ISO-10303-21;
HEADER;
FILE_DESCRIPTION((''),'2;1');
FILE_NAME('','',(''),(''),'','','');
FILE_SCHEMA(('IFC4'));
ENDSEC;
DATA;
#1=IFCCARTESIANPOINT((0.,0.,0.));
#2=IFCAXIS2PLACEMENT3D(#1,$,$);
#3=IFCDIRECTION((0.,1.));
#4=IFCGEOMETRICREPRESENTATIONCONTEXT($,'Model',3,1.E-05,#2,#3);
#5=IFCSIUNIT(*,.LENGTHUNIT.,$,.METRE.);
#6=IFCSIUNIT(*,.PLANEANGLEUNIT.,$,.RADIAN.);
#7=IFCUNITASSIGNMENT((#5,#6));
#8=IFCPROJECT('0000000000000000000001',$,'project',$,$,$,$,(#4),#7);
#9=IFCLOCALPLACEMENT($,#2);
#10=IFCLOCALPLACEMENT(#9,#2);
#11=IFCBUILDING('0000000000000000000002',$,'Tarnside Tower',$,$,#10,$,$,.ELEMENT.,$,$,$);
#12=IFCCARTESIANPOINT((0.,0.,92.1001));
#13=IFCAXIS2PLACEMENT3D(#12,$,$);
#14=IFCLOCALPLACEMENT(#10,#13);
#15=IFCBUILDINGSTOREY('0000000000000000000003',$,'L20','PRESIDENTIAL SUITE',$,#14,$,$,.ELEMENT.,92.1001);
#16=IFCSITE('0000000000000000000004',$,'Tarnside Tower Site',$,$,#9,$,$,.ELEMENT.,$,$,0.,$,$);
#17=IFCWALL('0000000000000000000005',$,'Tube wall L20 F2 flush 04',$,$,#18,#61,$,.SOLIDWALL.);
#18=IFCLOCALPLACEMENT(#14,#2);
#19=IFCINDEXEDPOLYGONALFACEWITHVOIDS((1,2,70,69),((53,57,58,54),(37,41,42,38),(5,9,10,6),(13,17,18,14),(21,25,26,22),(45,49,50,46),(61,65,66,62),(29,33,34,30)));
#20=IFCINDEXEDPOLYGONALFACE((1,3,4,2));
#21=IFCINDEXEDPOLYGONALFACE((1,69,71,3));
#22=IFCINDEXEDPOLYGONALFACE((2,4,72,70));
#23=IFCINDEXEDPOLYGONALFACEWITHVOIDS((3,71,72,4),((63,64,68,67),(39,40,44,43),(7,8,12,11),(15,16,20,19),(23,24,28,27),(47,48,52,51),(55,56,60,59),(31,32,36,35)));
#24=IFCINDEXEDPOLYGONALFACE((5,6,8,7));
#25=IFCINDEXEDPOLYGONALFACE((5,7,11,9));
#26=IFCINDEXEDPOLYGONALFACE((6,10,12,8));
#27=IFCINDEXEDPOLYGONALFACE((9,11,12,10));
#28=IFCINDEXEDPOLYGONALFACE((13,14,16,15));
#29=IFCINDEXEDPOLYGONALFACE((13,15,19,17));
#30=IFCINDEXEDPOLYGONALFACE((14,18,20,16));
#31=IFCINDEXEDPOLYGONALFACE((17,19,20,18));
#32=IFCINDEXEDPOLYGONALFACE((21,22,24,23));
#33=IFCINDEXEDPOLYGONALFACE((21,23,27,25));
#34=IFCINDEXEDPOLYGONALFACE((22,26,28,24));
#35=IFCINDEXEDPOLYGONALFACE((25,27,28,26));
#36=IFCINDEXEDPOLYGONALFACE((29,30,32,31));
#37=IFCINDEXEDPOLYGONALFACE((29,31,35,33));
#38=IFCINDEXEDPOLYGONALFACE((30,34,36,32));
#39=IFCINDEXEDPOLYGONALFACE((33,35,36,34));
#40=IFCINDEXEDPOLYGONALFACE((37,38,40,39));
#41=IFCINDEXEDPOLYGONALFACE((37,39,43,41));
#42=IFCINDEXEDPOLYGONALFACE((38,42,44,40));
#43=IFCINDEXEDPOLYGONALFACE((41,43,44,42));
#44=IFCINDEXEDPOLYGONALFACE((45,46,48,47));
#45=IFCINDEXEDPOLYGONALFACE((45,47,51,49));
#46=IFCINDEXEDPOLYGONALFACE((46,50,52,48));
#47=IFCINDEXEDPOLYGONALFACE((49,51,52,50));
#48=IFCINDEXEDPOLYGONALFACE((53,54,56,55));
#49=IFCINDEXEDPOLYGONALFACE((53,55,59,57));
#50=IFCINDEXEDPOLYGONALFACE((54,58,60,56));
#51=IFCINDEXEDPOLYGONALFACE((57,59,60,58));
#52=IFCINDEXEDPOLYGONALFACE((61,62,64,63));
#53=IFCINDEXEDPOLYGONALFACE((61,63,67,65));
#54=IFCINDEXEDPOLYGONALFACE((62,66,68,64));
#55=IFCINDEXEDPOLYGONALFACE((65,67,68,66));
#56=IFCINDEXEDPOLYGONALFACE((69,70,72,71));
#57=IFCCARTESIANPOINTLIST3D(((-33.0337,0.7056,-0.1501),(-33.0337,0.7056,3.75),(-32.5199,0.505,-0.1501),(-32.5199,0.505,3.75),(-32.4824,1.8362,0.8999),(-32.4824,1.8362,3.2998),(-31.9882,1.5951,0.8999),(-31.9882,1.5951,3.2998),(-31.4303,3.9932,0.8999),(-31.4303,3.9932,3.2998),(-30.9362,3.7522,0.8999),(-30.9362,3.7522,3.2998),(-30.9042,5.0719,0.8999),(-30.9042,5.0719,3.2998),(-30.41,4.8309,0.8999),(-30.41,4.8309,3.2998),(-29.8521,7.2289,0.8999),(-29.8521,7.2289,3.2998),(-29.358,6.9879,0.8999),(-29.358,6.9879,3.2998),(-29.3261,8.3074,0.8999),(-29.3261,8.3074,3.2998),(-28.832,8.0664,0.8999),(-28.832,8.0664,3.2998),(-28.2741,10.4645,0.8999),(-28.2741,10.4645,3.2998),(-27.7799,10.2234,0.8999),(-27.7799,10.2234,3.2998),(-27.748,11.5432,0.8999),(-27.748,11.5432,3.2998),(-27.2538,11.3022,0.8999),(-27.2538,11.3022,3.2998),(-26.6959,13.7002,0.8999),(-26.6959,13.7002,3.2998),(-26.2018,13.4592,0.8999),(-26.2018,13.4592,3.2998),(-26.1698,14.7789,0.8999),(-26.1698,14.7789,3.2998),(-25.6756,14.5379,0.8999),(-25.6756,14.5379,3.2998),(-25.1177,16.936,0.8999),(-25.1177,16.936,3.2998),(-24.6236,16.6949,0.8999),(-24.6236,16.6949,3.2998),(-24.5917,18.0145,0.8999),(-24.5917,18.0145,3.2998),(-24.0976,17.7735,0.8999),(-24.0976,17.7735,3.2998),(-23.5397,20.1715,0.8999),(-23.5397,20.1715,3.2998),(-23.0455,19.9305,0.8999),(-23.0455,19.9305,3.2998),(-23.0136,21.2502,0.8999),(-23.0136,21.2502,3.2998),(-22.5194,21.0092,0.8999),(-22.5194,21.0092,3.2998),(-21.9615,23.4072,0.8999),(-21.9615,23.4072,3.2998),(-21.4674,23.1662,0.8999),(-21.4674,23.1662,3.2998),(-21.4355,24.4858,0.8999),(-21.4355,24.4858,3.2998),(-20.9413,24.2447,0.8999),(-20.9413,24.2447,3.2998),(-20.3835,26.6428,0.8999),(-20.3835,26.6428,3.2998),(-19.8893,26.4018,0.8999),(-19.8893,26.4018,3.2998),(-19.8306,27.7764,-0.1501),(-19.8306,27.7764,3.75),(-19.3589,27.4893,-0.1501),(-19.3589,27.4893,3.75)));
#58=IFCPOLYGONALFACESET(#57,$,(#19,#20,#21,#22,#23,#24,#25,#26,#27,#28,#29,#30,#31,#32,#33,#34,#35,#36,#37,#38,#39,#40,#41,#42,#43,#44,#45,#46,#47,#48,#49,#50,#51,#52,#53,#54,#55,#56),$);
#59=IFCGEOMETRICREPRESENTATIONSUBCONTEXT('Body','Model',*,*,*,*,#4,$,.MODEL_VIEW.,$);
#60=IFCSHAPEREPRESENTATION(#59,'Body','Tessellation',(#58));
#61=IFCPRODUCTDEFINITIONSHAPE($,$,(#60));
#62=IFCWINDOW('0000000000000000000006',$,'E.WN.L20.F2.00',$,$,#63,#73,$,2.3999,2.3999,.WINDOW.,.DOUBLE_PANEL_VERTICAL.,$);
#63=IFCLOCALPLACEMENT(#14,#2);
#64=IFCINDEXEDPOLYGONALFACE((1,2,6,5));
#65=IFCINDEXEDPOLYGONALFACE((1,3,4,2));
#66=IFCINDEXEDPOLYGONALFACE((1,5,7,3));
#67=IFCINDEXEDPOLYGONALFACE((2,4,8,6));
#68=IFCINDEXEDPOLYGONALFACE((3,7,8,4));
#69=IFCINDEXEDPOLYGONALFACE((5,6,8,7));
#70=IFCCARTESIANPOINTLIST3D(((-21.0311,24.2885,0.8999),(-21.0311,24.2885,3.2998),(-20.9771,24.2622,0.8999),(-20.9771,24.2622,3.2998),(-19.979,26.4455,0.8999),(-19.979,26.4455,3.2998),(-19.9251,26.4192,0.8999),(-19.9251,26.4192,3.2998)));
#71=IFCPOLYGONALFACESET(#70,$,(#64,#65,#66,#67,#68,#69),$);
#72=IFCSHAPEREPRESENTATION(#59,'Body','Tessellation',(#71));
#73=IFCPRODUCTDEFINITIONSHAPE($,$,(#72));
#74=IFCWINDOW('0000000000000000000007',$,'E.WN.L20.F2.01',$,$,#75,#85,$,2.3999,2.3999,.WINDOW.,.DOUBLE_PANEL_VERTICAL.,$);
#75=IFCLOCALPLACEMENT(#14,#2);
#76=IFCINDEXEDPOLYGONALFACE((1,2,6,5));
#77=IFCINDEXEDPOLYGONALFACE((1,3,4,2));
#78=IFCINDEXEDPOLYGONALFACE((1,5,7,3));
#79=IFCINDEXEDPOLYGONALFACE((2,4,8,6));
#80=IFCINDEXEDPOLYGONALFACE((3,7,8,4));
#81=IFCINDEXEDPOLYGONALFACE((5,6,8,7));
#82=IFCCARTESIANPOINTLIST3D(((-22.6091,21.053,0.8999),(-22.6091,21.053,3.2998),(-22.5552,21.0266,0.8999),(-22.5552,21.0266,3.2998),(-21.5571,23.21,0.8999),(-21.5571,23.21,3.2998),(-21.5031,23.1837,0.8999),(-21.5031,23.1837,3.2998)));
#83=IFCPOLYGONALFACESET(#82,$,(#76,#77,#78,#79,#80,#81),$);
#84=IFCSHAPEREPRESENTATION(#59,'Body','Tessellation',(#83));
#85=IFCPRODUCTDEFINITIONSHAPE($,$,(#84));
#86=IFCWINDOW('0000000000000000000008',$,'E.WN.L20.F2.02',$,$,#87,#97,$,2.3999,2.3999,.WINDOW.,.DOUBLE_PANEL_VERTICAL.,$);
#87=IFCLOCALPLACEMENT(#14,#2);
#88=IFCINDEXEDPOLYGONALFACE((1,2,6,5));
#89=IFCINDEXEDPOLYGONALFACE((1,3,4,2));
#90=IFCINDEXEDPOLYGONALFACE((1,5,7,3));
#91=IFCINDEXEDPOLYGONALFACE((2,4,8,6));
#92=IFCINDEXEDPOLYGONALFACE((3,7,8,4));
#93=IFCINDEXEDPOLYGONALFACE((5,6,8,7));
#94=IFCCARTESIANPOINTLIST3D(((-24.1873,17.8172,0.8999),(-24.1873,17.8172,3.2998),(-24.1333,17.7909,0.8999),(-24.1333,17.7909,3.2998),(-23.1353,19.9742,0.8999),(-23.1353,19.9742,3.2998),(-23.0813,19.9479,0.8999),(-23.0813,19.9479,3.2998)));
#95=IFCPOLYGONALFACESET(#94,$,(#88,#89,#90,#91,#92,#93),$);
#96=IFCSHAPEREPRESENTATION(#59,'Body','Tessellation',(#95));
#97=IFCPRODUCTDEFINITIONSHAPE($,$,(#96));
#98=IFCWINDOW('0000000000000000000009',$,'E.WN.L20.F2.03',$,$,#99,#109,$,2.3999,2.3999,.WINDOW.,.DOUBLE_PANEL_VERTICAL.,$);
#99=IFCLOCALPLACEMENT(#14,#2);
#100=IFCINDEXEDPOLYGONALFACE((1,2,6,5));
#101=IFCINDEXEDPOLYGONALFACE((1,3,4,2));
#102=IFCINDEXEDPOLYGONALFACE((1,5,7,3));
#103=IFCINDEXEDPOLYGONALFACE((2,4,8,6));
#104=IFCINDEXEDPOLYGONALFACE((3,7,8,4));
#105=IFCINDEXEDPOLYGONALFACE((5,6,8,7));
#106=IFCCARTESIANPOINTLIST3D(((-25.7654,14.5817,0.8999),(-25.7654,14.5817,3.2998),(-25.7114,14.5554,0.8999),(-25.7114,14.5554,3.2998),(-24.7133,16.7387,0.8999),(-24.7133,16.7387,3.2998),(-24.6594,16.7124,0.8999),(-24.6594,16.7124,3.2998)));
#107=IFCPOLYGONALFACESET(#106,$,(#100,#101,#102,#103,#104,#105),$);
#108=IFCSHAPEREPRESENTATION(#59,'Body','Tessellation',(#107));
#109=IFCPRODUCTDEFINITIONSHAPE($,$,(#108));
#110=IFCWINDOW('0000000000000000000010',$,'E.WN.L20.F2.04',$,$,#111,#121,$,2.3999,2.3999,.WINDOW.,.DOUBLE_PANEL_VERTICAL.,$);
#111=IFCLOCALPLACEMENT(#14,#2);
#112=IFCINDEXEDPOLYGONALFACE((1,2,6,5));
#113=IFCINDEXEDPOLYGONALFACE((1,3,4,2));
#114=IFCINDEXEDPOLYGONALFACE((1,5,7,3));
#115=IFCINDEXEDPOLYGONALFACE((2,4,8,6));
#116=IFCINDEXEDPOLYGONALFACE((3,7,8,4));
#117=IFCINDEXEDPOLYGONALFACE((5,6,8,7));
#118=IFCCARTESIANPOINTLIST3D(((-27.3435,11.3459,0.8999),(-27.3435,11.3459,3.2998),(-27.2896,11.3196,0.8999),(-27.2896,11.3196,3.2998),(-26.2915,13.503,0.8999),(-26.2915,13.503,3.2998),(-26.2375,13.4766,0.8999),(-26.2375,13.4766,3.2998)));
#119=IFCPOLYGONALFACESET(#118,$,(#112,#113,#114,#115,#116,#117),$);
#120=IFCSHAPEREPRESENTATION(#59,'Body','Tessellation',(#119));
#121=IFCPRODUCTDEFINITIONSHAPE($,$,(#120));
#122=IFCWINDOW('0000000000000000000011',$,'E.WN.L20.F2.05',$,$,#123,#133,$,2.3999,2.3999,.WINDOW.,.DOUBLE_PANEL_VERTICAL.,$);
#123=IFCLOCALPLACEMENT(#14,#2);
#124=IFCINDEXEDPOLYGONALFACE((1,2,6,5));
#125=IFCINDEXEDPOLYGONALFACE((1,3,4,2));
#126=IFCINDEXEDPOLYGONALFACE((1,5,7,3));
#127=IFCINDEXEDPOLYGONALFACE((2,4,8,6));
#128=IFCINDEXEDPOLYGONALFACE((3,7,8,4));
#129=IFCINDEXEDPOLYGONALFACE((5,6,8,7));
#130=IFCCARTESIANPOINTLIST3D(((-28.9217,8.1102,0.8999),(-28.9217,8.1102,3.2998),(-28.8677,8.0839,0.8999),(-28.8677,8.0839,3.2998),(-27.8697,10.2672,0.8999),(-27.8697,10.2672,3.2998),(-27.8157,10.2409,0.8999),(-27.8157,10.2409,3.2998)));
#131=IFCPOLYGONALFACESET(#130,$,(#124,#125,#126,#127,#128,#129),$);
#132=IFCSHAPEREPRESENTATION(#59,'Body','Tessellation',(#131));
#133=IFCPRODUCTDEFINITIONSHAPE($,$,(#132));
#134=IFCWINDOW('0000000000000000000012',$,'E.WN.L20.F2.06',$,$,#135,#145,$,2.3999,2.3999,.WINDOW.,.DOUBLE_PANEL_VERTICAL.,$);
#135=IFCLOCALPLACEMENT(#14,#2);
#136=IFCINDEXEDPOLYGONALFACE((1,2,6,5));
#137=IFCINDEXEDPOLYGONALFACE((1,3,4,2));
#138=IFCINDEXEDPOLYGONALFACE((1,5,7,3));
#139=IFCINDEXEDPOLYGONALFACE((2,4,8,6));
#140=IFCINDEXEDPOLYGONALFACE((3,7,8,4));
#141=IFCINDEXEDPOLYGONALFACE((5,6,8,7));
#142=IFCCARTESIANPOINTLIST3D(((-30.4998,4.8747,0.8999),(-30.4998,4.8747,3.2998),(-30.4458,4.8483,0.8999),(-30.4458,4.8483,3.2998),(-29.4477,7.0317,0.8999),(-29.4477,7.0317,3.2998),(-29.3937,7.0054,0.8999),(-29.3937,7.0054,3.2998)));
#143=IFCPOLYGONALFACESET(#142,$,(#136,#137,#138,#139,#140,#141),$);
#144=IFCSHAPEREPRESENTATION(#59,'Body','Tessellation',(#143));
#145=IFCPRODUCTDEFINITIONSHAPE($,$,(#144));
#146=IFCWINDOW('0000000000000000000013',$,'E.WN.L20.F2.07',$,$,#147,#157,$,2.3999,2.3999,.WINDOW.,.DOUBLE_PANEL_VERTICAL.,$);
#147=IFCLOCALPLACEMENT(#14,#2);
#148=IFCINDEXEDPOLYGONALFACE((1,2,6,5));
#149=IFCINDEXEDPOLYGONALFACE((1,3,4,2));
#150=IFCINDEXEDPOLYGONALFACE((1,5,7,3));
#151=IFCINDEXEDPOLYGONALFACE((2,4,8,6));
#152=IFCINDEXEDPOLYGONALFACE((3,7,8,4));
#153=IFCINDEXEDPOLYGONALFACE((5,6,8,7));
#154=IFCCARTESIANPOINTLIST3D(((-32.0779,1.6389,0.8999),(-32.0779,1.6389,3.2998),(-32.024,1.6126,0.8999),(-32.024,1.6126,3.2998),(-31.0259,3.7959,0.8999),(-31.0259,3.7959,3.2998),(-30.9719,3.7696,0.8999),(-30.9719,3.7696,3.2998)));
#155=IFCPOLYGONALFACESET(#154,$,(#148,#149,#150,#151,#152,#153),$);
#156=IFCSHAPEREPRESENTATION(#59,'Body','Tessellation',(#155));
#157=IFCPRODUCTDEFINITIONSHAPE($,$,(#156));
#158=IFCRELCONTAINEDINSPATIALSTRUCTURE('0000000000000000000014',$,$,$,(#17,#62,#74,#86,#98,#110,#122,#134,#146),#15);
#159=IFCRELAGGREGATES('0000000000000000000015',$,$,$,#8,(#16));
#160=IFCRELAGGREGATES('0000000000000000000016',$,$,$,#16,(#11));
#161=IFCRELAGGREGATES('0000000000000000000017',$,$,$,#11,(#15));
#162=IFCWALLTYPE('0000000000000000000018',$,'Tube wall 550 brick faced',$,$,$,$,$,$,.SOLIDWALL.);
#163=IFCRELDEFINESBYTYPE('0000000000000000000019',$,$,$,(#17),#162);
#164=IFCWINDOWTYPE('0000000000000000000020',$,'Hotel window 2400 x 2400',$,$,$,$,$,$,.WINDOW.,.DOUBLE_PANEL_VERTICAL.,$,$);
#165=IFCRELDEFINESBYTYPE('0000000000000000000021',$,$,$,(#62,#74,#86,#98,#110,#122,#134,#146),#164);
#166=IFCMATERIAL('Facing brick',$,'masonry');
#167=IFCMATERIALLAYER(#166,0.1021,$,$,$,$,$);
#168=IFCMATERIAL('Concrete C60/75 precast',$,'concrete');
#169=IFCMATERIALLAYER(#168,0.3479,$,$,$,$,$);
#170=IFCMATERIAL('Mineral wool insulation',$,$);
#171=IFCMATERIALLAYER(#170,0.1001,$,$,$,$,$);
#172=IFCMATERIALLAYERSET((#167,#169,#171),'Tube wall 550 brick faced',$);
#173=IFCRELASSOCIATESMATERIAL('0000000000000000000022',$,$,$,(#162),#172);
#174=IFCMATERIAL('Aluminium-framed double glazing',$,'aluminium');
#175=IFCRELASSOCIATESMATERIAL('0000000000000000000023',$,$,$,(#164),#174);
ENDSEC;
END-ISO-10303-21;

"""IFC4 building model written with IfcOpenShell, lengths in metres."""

from ifc_helpers import new_model, si_unit, direction, frame, frame_2d, origin, place, context, subcontext, project, spatial, polyline, rectangle, outline, extrude, material, layer, layer_set, type_object, element, fill, save


model = new_model("IFC4")

# Units and contexts
model_context = context("Model", 3, precision=1e-05, world=origin(), true_north=direction((0.0, 1.0)))
body_context = subcontext(model_context, "Body", "Model", "MODEL_VIEW")
ifc_project = project(units=[si_unit("LENGTHUNIT", "METRE"), si_unit("PLANEANGLEUNIT", "RADIAN")], contexts=[model_context])

# Site, building, storey
site_placement = place(None, origin())
site = spatial("IfcSite", under=ifc_project, at=site_placement, Name="Tarnside Tower Site", CompositionType="ELEMENT", RefElevation=0.0)
building_placement = place(site_placement, origin())
building = spatial("IfcBuilding", under=site, at=building_placement, Name="Tarnside Tower", CompositionType="ELEMENT")
storey_placement = place(building_placement, frame((0.0, 0.0, 92.1001)))
storey = spatial("IfcBuildingStorey", under=building, at=storey_placement, Name="L20", Description="PRESIDENTIAL SUITE", CompositionType="ELEMENT", Elevation=92.1001)

# Shared definitions
ifc_material_1 = material(Name="Facing brick", Category="masonry")
ifc_layer_1 = layer(ifc_material_1, 0.1021)
ifc_material_2 = material(Name="Concrete C60/75 precast", Category="concrete")
ifc_layer_2 = layer(ifc_material_2, 0.3479)
ifc_material_3 = material(Name="Mineral wool insulation")
ifc_layer_3 = layer(ifc_material_3, 0.1001)
ifc_layer_set_1 = layer_set([ifc_layer_1, ifc_layer_2, ifc_layer_3], Name="Tube wall 550 brick faced")
wall_type_1 = type_object("IfcWallType", Name="Tube wall 550 brick faced", PredefinedType="SOLIDWALL", material=ifc_layer_set_1)

# Wall, openings, windows
wall_1_placement = place(storey_placement, frame((-19.5947, 27.6328, -0.1501), z_axis=(0.0, 0.0, 1.0), x_axis=(-0.438368, -0.898795, 0.0)))
wall_1 = element("IfcWall", 1, at=wall_1_placement, inside=storey, type_object=wall_type_1, Name="Tube wall L20 F2 flush 04", PredefinedType="SOLIDWALL", context=body_context, shape_type="SweptSolid", body=[
    extrude(outline(polyline([(-0.0256, -0.2749), (30.0933, -0.2749), (30.0483, 0.2749), (0.0256, 0.2749), (-0.0256, -0.2749)])), origin(), (0.0, 0.0, 1.0), 3.9001),
])
opening_1_placement = place(wall_1_placement, frame((1.2356, 0.0, 1.05)))
opening_1 = element("IfcOpeningElement", 2, at=opening_1_placement, cuts=wall_1, PredefinedType="OPENING", context=body_context, shape_type="SweptSolid", body=[
    extrude(rectangle(XDim=2.3999, YDim=2.3999, at=frame_2d((1.2, 1.2))), frame((0.0, 0.2852, 0.0), z_axis=(0.0, -1.0, 0.0), x_axis=(1.0, 0.0, 0.0)), (0.0, 0.0, 1.0), 0.5701),
])
opening_2_placement = place(wall_1_placement, frame((4.8354, 0.0, 1.05)))
opening_2 = element("IfcOpeningElement", 3, at=opening_2_placement, cuts=wall_1, PredefinedType="OPENING", context=body_context, shape_type="SweptSolid", body=[
    extrude(rectangle(XDim=2.3999, YDim=2.3999, at=frame_2d((1.2, 1.2))), frame((0.0, 0.2852, 0.0), z_axis=(0.0, -1.0, 0.0), x_axis=(1.0, 0.0, 0.0)), (0.0, 0.0, 1.0), 0.5701),
])
opening_3_placement = place(wall_1_placement, frame((8.4355, 0.0, 1.05)))
opening_3 = element("IfcOpeningElement", 4, at=opening_3_placement, cuts=wall_1, PredefinedType="OPENING", context=body_context, shape_type="SweptSolid", body=[
    extrude(rectangle(XDim=2.3999, YDim=2.3999, at=frame_2d((1.2, 1.2))), frame((0.0, 0.2852, 0.0), z_axis=(0.0, -1.0, 0.0), x_axis=(1.0, 0.0, 0.0)), (0.0, 0.0, 1.0), 0.5701),
])
opening_4_placement = place(wall_1_placement, frame((12.0354, 0.0, 1.05)))
opening_4 = element("IfcOpeningElement", 5, at=opening_4_placement, cuts=wall_1, PredefinedType="OPENING", context=body_context, shape_type="SweptSolid", body=[
    extrude(rectangle(XDim=2.3999, YDim=2.3999, at=frame_2d((1.2, 1.2))), frame((0.0, 0.2852, 0.0), z_axis=(0.0, -1.0, 0.0), x_axis=(1.0, 0.0, 0.0)), (0.0, 0.0, 1.0), 0.5701),
])
opening_5_placement = place(wall_1_placement, frame((15.6355, 0.0, 1.05)))
opening_5 = element("IfcOpeningElement", 6, at=opening_5_placement, cuts=wall_1, PredefinedType="OPENING", context=body_context, shape_type="SweptSolid", body=[
    extrude(rectangle(XDim=2.3999, YDim=2.3999, at=frame_2d((1.2, 1.2))), frame((0.0, 0.2852, 0.0), z_axis=(0.0, -1.0, 0.0), x_axis=(1.0, 0.0, 0.0)), (0.0, 0.0, 1.0), 0.5701),
])
opening_6_placement = place(wall_1_placement, frame((19.2356, 0.0, 1.05)))
opening_6 = element("IfcOpeningElement", 7, at=opening_6_placement, cuts=wall_1, PredefinedType="OPENING", context=body_context, shape_type="SweptSolid", body=[
    extrude(rectangle(XDim=2.3999, YDim=2.3999, at=frame_2d((1.2, 1.2))), frame((0.0, 0.2852, 0.0), z_axis=(0.0, -1.0, 0.0), x_axis=(1.0, 0.0, 0.0)), (0.0, 0.0, 1.0), 0.5701),
])
opening_7_placement = place(wall_1_placement, frame((22.8354, 0.0, 1.05)))
opening_7 = element("IfcOpeningElement", 8, at=opening_7_placement, cuts=wall_1, PredefinedType="OPENING", context=body_context, shape_type="SweptSolid", body=[
    extrude(rectangle(XDim=2.3999, YDim=2.3999, at=frame_2d((1.2, 1.2))), frame((0.0, 0.2852, 0.0), z_axis=(0.0, -1.0, 0.0), x_axis=(1.0, 0.0, 0.0)), (0.0, 0.0, 1.0), 0.5701),
])
opening_8_placement = place(wall_1_placement, frame((26.4355, 0.0, 1.05)))
opening_8 = element("IfcOpeningElement", 9, at=opening_8_placement, cuts=wall_1, PredefinedType="OPENING", context=body_context, shape_type="SweptSolid", body=[
    extrude(rectangle(XDim=2.3999, YDim=2.3999, at=frame_2d((1.2, 1.2))), frame((0.0, 0.2852, 0.0), z_axis=(0.0, -1.0, 0.0), x_axis=(1.0, 0.0, 0.0)), (0.0, 0.0, 1.0), 0.5701),
])
ifc_material_4 = material(Name="Aluminium-framed double glazing", Category="aluminium")
window_type = type_object("IfcWindowType", Name="Hotel window 2400 x 2400", PartitioningType="DOUBLE_PANEL_VERTICAL", PredefinedType="WINDOW", material=ifc_material_4)
window_1_placement = place(opening_1_placement, frame((0.0, 0.2051, 0.0)))
window_1 = element("IfcWindow", 10, at=window_1_placement, inside=storey, type_object=window_type, Name="E.WN.L20.F2.00", OverallHeight=2.3999, OverallWidth=2.3999, PartitioningType="DOUBLE_PANEL_VERTICAL", PredefinedType="WINDOW", context=body_context, shape_type="SweptSolid", body=[
    extrude(rectangle(XDim=2.3999, YDim=2.3999, at=frame_2d((1.2, 1.2))), frame((0.0, 0.03, 0.0), z_axis=(0.0, -1.0, 0.0), x_axis=(1.0, 0.0, 0.0)), (0.0, 0.0, 1.0), 0.0601),
])
fill(opening_1, window_1)
window_2_placement = place(opening_2_placement, frame((0.0, 0.2051, 0.0)))
window_2 = element("IfcWindow", 11, at=window_2_placement, inside=storey, type_object=window_type, Name="E.WN.L20.F2.01", OverallHeight=2.3999, OverallWidth=2.3999, PartitioningType="DOUBLE_PANEL_VERTICAL", PredefinedType="WINDOW", context=body_context, shape_type="SweptSolid", body=[
    extrude(rectangle(XDim=2.3999, YDim=2.3999, at=frame_2d((1.2, 1.2))), frame((0.0, 0.03, 0.0), z_axis=(0.0, -1.0, 0.0), x_axis=(1.0, 0.0, 0.0)), (0.0, 0.0, 1.0), 0.0601),
])
fill(opening_2, window_2)
window_3_placement = place(opening_3_placement, frame((0.0, 0.2051, 0.0)))
window_3 = element("IfcWindow", 12, at=window_3_placement, inside=storey, type_object=window_type, Name="E.WN.L20.F2.02", OverallHeight=2.3999, OverallWidth=2.3999, PartitioningType="DOUBLE_PANEL_VERTICAL", PredefinedType="WINDOW", context=body_context, shape_type="SweptSolid", body=[
    extrude(rectangle(XDim=2.3999, YDim=2.3999, at=frame_2d((1.2, 1.2))), frame((0.0, 0.03, 0.0), z_axis=(0.0, -1.0, 0.0), x_axis=(1.0, 0.0, 0.0)), (0.0, 0.0, 1.0), 0.0601),
])
fill(opening_3, window_3)
window_4_placement = place(opening_4_placement, frame((0.0, 0.2051, 0.0)))
window_4 = element("IfcWindow", 13, at=window_4_placement, inside=storey, type_object=window_type, Name="E.WN.L20.F2.03", OverallHeight=2.3999, OverallWidth=2.3999, PartitioningType="DOUBLE_PANEL_VERTICAL", PredefinedType="WINDOW", context=body_context, shape_type="SweptSolid", body=[
    extrude(rectangle(XDim=2.3999, YDim=2.3999, at=frame_2d((1.2, 1.2))), frame((0.0, 0.03, 0.0), z_axis=(0.0, -1.0, 0.0), x_axis=(1.0, 0.0, 0.0)), (0.0, 0.0, 1.0), 0.0601),
])
fill(opening_4, window_4)
window_5_placement = place(opening_5_placement, frame((0.0, 0.2051, 0.0)))
window_5 = element("IfcWindow", 14, at=window_5_placement, inside=storey, type_object=window_type, Name="E.WN.L20.F2.04", OverallHeight=2.3999, OverallWidth=2.3999, PartitioningType="DOUBLE_PANEL_VERTICAL", PredefinedType="WINDOW", context=body_context, shape_type="SweptSolid", body=[
    extrude(rectangle(XDim=2.3999, YDim=2.3999, at=frame_2d((1.2, 1.2))), frame((0.0, 0.03, 0.0), z_axis=(0.0, -1.0, 0.0), x_axis=(1.0, 0.0, 0.0)), (0.0, 0.0, 1.0), 0.0601),
])
fill(opening_5, window_5)
window_6_placement = place(opening_6_placement, frame((0.0, 0.2051, 0.0)))
window_6 = element("IfcWindow", 15, at=window_6_placement, inside=storey, type_object=window_type, Name="E.WN.L20.F2.05", OverallHeight=2.3999, OverallWidth=2.3999, PartitioningType="DOUBLE_PANEL_VERTICAL", PredefinedType="WINDOW", context=body_context, shape_type="SweptSolid", body=[
    extrude(rectangle(XDim=2.3999, YDim=2.3999, at=frame_2d((1.2, 1.2))), frame((0.0, 0.03, 0.0), z_axis=(0.0, -1.0, 0.0), x_axis=(1.0, 0.0, 0.0)), (0.0, 0.0, 1.0), 0.0601),
])
fill(opening_6, window_6)
window_7_placement = place(opening_7_placement, frame((0.0, 0.2051, 0.0)))
window_7 = element("IfcWindow", 16, at=window_7_placement, inside=storey, type_object=window_type, Name="E.WN.L20.F2.06", OverallHeight=2.3999, OverallWidth=2.3999, PartitioningType="DOUBLE_PANEL_VERTICAL", PredefinedType="WINDOW", context=body_context, shape_type="SweptSolid", body=[
    extrude(rectangle(XDim=2.3999, YDim=2.3999, at=frame_2d((1.2, 1.2))), frame((0.0, 0.03, 0.0), z_axis=(0.0, -1.0, 0.0), x_axis=(1.0, 0.0, 0.0)), (0.0, 0.0, 1.0), 0.0601),
])
fill(opening_7, window_7)
window_8_placement = place(opening_8_placement, frame((0.0, 0.2051, 0.0)))
window_8 = element("IfcWindow", 17, at=window_8_placement, inside=storey, type_object=window_type, Name="E.WN.L20.F2.07", OverallHeight=2.3999, OverallWidth=2.3999, PartitioningType="DOUBLE_PANEL_VERTICAL", PredefinedType="WINDOW", context=body_context, shape_type="SweptSolid", body=[
    extrude(rectangle(XDim=2.3999, YDim=2.3999, at=frame_2d((1.2, 1.2))), frame((0.0, 0.03, 0.0), z_axis=(0.0, -1.0, 0.0), x_axis=(1.0, 0.0, 0.0)), (0.0, 0.0, 1.0), 0.0601),
])
fill(opening_8, window_8)

save(model, "model.ifc")
